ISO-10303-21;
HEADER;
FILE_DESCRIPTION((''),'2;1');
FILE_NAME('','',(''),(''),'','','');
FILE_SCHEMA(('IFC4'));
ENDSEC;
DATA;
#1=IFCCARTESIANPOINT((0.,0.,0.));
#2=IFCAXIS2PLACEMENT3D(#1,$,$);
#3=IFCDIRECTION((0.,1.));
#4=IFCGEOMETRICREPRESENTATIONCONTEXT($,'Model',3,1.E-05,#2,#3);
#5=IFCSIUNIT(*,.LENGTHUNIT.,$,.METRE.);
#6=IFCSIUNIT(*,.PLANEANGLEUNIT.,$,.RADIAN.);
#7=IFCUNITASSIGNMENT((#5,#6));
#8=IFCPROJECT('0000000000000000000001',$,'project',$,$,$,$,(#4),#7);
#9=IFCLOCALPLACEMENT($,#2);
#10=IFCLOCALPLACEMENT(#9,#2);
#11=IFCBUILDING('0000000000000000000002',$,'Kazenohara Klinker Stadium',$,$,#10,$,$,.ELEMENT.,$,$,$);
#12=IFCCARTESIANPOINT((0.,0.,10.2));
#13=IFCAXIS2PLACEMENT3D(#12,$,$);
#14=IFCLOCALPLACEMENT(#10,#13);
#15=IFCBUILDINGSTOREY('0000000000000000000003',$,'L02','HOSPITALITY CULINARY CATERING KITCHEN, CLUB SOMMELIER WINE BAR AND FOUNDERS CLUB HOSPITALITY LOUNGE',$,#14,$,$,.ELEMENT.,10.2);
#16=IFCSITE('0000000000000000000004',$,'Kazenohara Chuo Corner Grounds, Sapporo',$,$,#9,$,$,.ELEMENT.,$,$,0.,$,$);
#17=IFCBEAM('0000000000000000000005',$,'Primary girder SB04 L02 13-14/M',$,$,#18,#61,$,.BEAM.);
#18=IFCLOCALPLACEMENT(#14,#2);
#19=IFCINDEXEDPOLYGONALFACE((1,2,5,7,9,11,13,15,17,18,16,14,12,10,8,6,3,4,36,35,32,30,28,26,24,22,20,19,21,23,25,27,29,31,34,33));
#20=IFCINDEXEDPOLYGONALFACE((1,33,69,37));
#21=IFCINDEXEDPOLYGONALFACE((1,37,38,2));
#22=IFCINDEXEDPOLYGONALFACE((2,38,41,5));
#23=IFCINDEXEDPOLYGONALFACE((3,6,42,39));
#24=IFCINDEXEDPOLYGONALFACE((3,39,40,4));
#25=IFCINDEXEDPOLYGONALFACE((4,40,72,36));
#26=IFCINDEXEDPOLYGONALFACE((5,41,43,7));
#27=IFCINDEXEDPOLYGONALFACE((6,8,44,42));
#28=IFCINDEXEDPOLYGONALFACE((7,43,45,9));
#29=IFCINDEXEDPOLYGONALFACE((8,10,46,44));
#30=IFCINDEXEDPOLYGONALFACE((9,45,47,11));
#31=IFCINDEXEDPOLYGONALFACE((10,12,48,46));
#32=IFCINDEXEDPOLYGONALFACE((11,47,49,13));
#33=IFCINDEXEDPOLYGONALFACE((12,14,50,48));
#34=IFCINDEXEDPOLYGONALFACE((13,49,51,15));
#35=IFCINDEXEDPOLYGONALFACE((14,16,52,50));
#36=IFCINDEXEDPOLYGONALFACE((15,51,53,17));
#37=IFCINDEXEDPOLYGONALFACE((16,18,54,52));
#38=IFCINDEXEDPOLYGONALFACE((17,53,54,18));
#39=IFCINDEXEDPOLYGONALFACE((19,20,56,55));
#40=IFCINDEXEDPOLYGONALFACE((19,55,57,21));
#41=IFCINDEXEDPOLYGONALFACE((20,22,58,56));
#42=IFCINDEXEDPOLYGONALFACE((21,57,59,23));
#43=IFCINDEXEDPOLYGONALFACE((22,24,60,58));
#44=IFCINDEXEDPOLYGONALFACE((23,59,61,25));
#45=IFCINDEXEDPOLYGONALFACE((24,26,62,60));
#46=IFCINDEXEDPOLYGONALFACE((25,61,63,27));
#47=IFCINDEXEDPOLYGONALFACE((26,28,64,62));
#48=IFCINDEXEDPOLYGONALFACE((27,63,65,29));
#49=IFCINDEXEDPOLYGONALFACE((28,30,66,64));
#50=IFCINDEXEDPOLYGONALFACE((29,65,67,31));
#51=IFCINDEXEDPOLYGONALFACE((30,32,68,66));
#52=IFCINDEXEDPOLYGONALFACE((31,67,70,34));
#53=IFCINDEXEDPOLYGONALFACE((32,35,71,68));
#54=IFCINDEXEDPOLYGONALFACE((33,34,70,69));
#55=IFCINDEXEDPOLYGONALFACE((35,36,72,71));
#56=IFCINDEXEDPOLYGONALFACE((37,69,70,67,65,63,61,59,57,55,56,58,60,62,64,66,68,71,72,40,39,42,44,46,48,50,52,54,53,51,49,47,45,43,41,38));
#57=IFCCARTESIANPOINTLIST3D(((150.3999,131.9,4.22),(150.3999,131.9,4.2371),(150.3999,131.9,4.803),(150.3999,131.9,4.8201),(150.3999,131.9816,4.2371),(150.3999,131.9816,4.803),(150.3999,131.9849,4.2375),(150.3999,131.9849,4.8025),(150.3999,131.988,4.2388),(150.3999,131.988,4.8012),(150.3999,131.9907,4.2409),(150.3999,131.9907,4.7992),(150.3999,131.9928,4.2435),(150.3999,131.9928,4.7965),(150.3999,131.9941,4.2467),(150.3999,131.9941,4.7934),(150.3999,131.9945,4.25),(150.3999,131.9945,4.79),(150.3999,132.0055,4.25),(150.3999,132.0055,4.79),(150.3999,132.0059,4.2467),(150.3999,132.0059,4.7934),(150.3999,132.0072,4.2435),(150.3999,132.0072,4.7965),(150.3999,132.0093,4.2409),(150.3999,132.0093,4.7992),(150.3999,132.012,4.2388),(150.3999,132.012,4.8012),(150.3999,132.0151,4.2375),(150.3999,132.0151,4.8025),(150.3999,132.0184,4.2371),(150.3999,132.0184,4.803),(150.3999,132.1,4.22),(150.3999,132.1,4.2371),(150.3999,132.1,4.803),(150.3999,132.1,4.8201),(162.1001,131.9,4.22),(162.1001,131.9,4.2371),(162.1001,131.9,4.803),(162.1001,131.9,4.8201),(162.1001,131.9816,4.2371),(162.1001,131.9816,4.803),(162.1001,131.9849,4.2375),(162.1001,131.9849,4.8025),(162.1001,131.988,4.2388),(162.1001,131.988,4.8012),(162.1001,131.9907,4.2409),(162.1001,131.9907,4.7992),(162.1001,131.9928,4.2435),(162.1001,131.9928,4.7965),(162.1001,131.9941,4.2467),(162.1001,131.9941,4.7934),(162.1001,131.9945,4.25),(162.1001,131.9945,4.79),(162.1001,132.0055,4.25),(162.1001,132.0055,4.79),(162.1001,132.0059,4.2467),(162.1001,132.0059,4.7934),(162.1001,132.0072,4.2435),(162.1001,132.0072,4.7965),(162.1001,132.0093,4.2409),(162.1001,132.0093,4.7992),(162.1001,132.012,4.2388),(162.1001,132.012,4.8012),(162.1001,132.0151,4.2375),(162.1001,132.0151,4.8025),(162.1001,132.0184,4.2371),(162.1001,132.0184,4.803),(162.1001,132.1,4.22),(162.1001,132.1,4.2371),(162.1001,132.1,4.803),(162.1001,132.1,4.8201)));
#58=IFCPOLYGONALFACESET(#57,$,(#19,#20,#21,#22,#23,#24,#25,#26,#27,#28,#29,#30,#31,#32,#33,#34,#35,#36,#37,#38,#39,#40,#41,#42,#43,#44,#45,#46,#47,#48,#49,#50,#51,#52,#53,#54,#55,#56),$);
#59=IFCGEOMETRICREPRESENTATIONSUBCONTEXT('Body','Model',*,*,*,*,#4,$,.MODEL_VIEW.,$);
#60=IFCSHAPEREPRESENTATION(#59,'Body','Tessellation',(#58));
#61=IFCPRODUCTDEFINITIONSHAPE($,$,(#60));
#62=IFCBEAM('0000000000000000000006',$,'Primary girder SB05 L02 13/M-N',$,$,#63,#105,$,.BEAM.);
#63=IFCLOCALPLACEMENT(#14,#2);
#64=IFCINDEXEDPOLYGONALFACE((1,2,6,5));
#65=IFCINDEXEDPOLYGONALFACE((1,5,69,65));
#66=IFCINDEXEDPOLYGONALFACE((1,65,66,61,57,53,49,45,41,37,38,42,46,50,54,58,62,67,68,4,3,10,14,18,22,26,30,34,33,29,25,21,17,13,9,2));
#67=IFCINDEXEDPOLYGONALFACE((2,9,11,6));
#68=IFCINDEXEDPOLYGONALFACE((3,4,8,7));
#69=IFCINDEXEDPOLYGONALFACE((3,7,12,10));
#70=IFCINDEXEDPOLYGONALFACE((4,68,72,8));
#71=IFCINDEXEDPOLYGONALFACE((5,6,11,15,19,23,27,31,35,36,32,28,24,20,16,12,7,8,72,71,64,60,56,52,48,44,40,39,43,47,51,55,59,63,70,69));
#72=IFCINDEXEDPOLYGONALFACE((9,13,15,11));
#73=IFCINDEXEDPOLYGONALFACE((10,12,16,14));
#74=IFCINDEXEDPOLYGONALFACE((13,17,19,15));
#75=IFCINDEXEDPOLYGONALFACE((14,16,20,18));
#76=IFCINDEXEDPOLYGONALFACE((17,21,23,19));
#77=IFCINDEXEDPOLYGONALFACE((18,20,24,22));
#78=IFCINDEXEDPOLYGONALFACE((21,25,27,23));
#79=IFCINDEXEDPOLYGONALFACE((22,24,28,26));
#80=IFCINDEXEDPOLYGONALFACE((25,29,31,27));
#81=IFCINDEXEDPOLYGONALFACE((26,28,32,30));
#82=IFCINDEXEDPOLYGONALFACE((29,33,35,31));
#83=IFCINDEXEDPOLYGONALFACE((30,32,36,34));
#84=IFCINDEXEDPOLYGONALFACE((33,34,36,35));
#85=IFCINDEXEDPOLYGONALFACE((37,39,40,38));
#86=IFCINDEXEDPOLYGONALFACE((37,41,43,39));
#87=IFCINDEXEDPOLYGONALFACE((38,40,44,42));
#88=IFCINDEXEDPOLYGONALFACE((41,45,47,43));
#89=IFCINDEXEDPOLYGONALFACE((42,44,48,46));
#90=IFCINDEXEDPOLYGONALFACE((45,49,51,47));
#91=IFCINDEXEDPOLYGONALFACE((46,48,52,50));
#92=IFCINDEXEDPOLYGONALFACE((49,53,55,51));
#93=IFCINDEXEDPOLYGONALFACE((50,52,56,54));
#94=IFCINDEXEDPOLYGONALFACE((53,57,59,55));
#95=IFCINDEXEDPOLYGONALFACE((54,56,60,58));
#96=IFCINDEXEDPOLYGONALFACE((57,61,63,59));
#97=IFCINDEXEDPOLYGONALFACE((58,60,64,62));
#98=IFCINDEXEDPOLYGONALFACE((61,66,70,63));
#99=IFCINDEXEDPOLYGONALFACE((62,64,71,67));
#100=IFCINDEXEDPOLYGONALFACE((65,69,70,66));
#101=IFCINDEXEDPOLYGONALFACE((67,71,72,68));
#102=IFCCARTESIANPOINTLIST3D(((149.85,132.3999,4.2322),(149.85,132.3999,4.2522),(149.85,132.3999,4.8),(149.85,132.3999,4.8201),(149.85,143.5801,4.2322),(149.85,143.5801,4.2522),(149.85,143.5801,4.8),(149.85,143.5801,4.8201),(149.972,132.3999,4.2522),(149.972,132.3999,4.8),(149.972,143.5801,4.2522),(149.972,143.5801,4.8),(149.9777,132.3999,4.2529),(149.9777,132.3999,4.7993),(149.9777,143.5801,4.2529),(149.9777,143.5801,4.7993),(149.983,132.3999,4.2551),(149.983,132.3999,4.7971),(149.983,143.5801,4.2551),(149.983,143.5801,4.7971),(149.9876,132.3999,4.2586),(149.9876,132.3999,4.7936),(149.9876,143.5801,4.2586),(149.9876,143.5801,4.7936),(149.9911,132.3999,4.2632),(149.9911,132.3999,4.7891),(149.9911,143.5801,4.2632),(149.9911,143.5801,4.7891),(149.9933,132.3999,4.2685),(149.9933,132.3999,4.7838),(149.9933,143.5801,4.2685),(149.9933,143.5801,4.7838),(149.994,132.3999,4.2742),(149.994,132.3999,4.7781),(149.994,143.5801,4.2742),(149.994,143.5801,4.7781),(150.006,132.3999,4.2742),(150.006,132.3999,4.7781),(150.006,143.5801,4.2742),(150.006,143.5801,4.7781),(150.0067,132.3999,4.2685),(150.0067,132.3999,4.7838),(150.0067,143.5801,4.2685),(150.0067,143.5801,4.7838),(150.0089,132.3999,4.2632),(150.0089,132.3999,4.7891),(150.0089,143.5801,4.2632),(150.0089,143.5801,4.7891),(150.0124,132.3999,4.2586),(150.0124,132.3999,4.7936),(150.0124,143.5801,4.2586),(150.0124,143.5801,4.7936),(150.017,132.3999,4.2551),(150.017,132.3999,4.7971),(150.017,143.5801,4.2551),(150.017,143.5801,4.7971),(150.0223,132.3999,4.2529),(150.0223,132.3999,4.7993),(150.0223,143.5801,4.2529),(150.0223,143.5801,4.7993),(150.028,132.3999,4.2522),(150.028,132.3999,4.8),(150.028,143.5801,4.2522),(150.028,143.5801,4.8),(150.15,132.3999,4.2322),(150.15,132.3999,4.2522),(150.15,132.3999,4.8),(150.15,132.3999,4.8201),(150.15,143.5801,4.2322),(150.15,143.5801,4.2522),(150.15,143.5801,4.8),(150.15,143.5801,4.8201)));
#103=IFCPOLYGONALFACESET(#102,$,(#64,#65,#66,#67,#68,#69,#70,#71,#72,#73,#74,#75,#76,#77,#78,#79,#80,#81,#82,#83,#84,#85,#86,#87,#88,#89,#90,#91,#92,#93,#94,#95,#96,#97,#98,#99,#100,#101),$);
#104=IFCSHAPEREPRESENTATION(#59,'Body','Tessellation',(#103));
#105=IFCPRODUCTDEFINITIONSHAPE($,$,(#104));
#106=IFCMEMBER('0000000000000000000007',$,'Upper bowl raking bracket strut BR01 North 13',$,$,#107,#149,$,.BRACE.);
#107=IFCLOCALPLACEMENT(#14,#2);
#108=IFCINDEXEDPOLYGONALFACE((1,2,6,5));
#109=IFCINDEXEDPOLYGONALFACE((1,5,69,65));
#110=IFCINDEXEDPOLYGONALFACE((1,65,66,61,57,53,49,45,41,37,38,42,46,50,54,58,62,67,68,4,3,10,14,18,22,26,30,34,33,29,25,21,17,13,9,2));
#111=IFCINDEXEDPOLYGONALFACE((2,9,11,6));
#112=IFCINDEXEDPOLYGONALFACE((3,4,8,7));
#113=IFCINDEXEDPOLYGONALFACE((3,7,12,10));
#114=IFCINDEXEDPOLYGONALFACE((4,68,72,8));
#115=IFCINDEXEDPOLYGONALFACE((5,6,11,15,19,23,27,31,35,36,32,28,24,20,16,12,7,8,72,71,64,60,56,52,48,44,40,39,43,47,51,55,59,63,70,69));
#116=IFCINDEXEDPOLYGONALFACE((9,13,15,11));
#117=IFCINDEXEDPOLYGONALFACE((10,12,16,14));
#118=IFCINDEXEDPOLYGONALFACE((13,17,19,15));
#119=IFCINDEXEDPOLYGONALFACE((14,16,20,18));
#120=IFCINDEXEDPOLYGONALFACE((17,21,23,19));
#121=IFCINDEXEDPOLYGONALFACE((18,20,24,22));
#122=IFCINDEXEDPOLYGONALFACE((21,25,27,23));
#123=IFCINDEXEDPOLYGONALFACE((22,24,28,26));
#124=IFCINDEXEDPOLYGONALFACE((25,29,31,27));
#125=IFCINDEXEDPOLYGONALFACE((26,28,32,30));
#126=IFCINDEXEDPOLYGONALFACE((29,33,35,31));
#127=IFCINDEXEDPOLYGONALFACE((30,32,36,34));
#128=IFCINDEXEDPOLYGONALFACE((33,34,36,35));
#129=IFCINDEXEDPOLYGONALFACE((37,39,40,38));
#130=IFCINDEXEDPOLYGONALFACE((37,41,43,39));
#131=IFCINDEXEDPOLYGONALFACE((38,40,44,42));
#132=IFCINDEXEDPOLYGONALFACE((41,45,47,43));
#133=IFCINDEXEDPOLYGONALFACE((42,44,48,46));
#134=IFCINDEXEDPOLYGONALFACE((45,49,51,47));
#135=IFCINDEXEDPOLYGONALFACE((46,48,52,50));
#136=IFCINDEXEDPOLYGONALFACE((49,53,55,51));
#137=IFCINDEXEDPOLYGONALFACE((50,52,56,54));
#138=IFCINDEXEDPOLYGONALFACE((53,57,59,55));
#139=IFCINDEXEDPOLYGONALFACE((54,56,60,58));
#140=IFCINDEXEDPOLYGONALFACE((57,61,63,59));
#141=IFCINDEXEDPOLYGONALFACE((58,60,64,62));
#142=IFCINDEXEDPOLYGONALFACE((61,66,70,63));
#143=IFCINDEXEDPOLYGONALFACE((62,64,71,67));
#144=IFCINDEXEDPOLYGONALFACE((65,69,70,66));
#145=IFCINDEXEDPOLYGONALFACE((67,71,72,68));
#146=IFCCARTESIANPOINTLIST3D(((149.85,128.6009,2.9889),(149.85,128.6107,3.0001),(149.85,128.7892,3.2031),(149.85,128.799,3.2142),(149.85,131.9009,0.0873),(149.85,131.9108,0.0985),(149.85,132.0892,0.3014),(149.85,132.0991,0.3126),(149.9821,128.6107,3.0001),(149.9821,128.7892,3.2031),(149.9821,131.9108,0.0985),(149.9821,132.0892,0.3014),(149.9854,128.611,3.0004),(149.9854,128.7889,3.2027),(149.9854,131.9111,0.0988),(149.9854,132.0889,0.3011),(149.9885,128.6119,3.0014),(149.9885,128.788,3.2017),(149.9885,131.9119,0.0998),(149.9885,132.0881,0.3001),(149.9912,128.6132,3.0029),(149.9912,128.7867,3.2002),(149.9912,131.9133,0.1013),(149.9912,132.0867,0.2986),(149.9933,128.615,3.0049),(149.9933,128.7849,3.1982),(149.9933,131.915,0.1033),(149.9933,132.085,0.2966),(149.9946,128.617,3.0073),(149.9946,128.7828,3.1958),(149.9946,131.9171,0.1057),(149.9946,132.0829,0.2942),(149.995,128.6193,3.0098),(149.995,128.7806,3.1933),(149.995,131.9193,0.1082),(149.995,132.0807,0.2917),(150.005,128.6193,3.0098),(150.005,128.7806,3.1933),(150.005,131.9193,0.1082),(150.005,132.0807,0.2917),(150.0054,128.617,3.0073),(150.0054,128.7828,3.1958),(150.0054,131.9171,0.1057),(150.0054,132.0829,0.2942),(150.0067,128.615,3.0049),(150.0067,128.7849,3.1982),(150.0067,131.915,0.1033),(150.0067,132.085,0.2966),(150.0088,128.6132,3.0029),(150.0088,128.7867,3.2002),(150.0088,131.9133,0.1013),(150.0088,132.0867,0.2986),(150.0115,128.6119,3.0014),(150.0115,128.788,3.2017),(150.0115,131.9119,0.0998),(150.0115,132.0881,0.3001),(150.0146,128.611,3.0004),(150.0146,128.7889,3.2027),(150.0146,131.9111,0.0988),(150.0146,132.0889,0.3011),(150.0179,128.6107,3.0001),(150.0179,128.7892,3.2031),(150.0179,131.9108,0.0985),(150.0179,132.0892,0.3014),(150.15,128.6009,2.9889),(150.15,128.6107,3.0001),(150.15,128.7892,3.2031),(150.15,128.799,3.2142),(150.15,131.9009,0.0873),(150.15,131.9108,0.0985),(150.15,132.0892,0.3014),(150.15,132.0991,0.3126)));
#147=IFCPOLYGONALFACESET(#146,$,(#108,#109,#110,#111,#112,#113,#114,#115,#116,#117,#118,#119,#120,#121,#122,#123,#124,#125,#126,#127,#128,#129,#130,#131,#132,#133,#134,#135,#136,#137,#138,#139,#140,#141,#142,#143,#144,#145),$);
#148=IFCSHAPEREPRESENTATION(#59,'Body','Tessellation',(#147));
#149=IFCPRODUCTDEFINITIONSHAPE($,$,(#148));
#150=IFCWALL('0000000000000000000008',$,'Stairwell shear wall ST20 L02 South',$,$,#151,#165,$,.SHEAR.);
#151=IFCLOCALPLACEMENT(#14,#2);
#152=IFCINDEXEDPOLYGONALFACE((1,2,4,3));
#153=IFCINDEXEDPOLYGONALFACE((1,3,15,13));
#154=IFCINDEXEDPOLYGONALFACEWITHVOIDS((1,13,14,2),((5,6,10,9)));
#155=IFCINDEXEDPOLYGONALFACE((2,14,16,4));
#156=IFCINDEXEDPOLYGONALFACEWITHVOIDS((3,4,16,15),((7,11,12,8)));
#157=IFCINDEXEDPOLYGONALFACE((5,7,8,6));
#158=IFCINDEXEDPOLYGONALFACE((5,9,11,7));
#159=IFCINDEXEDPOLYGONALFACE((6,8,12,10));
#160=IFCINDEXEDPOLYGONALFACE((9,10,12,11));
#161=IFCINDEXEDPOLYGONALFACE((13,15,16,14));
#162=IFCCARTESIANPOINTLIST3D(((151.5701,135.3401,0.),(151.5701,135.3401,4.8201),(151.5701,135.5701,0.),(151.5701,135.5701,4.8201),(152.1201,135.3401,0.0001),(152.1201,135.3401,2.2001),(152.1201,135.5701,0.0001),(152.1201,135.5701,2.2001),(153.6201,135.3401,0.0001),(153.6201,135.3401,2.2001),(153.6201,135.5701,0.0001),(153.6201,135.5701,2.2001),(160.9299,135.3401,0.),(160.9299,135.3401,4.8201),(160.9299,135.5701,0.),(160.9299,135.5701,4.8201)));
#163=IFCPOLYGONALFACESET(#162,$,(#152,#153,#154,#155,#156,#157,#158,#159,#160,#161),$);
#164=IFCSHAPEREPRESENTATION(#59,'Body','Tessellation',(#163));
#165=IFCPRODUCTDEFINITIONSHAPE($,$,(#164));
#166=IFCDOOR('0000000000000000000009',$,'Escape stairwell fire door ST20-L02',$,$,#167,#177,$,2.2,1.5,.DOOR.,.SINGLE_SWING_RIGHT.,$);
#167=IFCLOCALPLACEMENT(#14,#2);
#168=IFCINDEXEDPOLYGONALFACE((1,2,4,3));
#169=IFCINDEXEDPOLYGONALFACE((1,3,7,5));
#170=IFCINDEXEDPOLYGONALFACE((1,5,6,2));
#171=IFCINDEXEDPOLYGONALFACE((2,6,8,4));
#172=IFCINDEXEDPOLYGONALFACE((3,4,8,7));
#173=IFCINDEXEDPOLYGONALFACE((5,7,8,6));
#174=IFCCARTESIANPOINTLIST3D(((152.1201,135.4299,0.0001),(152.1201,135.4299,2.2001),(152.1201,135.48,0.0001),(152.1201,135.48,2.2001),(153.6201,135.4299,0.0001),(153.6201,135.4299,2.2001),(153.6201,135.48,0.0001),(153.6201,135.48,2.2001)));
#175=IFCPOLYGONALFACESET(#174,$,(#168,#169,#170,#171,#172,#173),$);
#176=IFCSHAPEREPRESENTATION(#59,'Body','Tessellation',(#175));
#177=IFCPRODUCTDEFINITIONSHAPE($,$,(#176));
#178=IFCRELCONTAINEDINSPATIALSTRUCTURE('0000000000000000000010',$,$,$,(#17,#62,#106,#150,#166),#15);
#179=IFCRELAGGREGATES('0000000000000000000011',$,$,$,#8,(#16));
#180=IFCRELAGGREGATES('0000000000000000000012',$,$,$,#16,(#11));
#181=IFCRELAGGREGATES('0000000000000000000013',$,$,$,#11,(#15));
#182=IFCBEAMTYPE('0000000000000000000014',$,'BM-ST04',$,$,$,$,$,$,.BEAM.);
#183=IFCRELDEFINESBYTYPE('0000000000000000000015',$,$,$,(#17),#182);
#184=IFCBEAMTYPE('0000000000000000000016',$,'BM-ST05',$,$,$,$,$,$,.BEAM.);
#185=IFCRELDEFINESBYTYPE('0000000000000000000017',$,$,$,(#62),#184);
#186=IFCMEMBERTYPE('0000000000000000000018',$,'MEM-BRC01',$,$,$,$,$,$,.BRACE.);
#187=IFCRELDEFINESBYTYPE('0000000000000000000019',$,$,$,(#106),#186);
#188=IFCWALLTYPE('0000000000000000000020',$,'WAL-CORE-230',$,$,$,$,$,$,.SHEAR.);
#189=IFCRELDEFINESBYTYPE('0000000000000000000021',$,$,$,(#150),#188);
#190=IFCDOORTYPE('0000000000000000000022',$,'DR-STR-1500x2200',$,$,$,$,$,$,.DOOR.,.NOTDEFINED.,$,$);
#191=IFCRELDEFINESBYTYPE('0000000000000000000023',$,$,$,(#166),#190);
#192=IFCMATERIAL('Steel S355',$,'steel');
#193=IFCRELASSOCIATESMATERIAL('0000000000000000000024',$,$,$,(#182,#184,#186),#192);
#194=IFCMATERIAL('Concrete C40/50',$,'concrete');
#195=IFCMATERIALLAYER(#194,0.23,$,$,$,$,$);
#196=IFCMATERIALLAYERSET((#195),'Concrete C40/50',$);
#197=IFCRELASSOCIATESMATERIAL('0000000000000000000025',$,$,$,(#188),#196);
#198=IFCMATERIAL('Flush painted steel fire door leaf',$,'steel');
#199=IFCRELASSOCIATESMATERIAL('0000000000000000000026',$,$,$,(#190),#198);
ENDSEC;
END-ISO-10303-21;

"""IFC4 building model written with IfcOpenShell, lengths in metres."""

from ifc_helpers import new_model, si_unit, direction, frame, frame_2d, origin, origin_2d, place, context, subcontext, project, spatial, rectangle, i_section, extrude, material, layer, layer_set, material_profile, profile_set, type_object, element, fill, save


model = new_model("IFC4")

# Units and contexts
model_context = context("Model", 3, precision=1e-05, world=origin(), true_north=direction((0.0, 1.0)))
body_context = subcontext(model_context, "Body", "Model", "MODEL_VIEW")
ifc_project = project(units=[si_unit("LENGTHUNIT", "METRE"), si_unit("PLANEANGLEUNIT", "RADIAN")], contexts=[model_context])

# Site, building, storey
site_placement = place(None, origin())
site = spatial("IfcSite", under=ifc_project, at=site_placement, Name="Kazenohara Chuo Corner Grounds, Sapporo", CompositionType="ELEMENT", RefElevation=0.0)
building_placement = place(site_placement, origin())
building = spatial("IfcBuilding", under=site, at=building_placement, Name="Kazenohara Klinker Stadium", CompositionType="ELEMENT")
storey_placement = place(building_placement, frame((0.0, 0.0, 10.2)))
storey = spatial("IfcBuildingStorey", under=building, at=storey_placement, Name="L02", Description="HOSPITALITY CULINARY CATERING KITCHEN, CLUB SOMMELIER WINE BAR AND FOUNDERS CLUB HOSPITALITY LOUNGE", CompositionType="ELEMENT", Elevation=10.2)

# Shared definitions
ifc_material_1 = material(Name="Concrete C40/50", Category="concrete")

# Beams
ifc_material_2 = material(Name="Steel S355", Category="steel")
ifc_material_profile_1 = material_profile(ifc_material_2, i_section(OverallWidth=0.2, OverallDepth=0.6001, WebThickness=0.011, FlangeThickness=0.0171, FilletRadius=0.0129, at=origin_2d()), Name="H-600x200x11x17")
ifc_profile_set_1 = profile_set([ifc_material_profile_1], Name="Steel S355")
beam_type_1 = type_object("IfcBeamType", Name="BM-ST04", PredefinedType="BEAM", material=ifc_profile_set_1)
beam_1_placement = place(storey_placement, frame((150.3999, 132.0, 4.52), z_axis=(1.0, 0.0, 0.0), x_axis=(0.0, 1.0, 0.0)))
element("IfcBeam", 1, at=beam_1_placement, inside=storey, type_object=beam_type_1, Name="Primary girder SB04 L02 13-14/M", PredefinedType="BEAM", context=body_context, shape_type="SweptSolid", body=[
    extrude(i_section(OverallWidth=0.2, OverallDepth=0.6001, WebThickness=0.011, FlangeThickness=0.0171, FilletRadius=0.0129, at=origin_2d()), origin(), (0.0, 0.0, 1.0), 11.7002),
])
ifc_material_profile_2 = material_profile(ifc_material_2, i_section(OverallWidth=0.3, OverallDepth=0.5879, WebThickness=0.012, FlangeThickness=0.02, FilletRadius=0.022, at=origin_2d()), Name="H-588x300x12x20")
ifc_profile_set_2 = profile_set([ifc_material_profile_2], Name="Steel S355")
beam_type_2 = type_object("IfcBeamType", Name="BM-ST05", PredefinedType="BEAM", material=ifc_profile_set_2)
beam_2_placement = place(storey_placement, frame((150.0, 132.3999, 4.5261), z_axis=(0.0, 1.0, 0.0), x_axis=(-1.0, 0.0, 0.0)))
element("IfcBeam", 2, at=beam_2_placement, inside=storey, type_object=beam_type_2, Name="Primary girder SB05 L02 13/M-N", PredefinedType="BEAM", context=body_context, shape_type="SweptSolid", body=[
    extrude(i_section(OverallWidth=0.3, OverallDepth=0.5879, WebThickness=0.012, FlangeThickness=0.02, FilletRadius=0.022, at=origin_2d()), origin(), (0.0, 0.0, 1.0), 11.1802),
])

# Member
ifc_material_profile_3 = material_profile(ifc_material_2, i_section(OverallWidth=0.3, OverallDepth=0.3, WebThickness=0.01, FlangeThickness=0.0149, FilletRadius=0.0129, at=origin_2d()), Name="H-300x300x10x15")
ifc_profile_set_3 = profile_set([ifc_material_profile_3], Name="Steel S355")
member_type = type_object("IfcMemberType", Name="MEM-BRC01", PredefinedType="BRACE", material=ifc_profile_set_3)
member_placement = place(storey_placement, frame((150.0, 132.0, 0.2), z_axis=(0.0, -0.750988, 0.660316), x_axis=(1.0, 0.0, 0.0)))
element("IfcMember", 3, at=member_placement, inside=storey, type_object=member_type, Name="Upper bowl raking bracket strut BR01 North 13", PredefinedType="BRACE", context=body_context, shape_type="SweptSolid", body=[
    extrude(i_section(OverallWidth=0.3, OverallDepth=0.3, WebThickness=0.01, FlangeThickness=0.0149, FilletRadius=0.0129, at=origin_2d()), origin(), (0.0, 0.0, 1.0), 4.3943),
])

# Wall, opening, door
ifc_layer_1 = layer(ifc_material_1, 0.23)
ifc_layer_set_1 = layer_set([ifc_layer_1], Name="Concrete C40/50")
wall_type_1 = type_object("IfcWallType", Name="WAL-CORE-230", PredefinedType="SHEAR", material=ifc_layer_set_1)
wall_1_placement = place(storey_placement, frame((151.5701, 135.4551, 0.0), z_axis=(0.0, 0.0, 1.0), x_axis=(1.0, 0.0, 0.0)))
wall_1 = element("IfcWall", 4, at=wall_1_placement, inside=storey, type_object=wall_type_1, Name="Stairwell shear wall ST20 L02 South", PredefinedType="SHEAR", context=body_context, shape_type="SweptSolid", body=[
    extrude(rectangle(XDim=9.3599, YDim=0.23, at=frame_2d((4.6799, 0.0))), origin(), (0.0, 0.0, 1.0), 4.8201),
])
opening_1_placement = place(wall_1_placement, frame((0.55, 0.0, 0.0)))
opening_1 = element("IfcOpeningElement", 5, at=opening_1_placement, cuts=wall_1, PredefinedType="OPENING", context=body_context, shape_type="SweptSolid", body=[
    extrude(rectangle(XDim=1.5, YDim=2.2, at=frame_2d((0.75, 1.1001))), frame((0.0, 0.125, 0.0), z_axis=(0.0, -1.0, 0.0), x_axis=(1.0, 0.0, 0.0)), (0.0, 0.0, 1.0), 0.25),
])
ifc_material_3 = material(Name="Flush painted steel fire door leaf", Category="steel")
door_type_1 = type_object("IfcDoorType", Name="DR-STR-1500x2200", OperationType="NOTDEFINED", PredefinedType="DOOR", material=ifc_material_3)
door_1_placement = place(opening_1_placement, origin())
door_1 = element("IfcDoor", 6, at=door_1_placement, inside=storey, type_object=door_type_1, Name="Escape stairwell fire door ST20-L02", OperationType="SINGLE_SWING_RIGHT", OverallHeight=2.2, OverallWidth=1.5, PredefinedType="DOOR", context=body_context, shape_type="SweptSolid", body=[
    extrude(rectangle(XDim=1.5, YDim=2.2, at=frame_2d((0.75, 1.1001))), frame((0.0, 0.0249, 0.0), z_axis=(0.0, -1.0, 0.0), x_axis=(1.0, 0.0, 0.0)), (0.0, 0.0, 1.0), 0.05),
])
fill(opening_1, door_1)

save(model, "model.ifc")
